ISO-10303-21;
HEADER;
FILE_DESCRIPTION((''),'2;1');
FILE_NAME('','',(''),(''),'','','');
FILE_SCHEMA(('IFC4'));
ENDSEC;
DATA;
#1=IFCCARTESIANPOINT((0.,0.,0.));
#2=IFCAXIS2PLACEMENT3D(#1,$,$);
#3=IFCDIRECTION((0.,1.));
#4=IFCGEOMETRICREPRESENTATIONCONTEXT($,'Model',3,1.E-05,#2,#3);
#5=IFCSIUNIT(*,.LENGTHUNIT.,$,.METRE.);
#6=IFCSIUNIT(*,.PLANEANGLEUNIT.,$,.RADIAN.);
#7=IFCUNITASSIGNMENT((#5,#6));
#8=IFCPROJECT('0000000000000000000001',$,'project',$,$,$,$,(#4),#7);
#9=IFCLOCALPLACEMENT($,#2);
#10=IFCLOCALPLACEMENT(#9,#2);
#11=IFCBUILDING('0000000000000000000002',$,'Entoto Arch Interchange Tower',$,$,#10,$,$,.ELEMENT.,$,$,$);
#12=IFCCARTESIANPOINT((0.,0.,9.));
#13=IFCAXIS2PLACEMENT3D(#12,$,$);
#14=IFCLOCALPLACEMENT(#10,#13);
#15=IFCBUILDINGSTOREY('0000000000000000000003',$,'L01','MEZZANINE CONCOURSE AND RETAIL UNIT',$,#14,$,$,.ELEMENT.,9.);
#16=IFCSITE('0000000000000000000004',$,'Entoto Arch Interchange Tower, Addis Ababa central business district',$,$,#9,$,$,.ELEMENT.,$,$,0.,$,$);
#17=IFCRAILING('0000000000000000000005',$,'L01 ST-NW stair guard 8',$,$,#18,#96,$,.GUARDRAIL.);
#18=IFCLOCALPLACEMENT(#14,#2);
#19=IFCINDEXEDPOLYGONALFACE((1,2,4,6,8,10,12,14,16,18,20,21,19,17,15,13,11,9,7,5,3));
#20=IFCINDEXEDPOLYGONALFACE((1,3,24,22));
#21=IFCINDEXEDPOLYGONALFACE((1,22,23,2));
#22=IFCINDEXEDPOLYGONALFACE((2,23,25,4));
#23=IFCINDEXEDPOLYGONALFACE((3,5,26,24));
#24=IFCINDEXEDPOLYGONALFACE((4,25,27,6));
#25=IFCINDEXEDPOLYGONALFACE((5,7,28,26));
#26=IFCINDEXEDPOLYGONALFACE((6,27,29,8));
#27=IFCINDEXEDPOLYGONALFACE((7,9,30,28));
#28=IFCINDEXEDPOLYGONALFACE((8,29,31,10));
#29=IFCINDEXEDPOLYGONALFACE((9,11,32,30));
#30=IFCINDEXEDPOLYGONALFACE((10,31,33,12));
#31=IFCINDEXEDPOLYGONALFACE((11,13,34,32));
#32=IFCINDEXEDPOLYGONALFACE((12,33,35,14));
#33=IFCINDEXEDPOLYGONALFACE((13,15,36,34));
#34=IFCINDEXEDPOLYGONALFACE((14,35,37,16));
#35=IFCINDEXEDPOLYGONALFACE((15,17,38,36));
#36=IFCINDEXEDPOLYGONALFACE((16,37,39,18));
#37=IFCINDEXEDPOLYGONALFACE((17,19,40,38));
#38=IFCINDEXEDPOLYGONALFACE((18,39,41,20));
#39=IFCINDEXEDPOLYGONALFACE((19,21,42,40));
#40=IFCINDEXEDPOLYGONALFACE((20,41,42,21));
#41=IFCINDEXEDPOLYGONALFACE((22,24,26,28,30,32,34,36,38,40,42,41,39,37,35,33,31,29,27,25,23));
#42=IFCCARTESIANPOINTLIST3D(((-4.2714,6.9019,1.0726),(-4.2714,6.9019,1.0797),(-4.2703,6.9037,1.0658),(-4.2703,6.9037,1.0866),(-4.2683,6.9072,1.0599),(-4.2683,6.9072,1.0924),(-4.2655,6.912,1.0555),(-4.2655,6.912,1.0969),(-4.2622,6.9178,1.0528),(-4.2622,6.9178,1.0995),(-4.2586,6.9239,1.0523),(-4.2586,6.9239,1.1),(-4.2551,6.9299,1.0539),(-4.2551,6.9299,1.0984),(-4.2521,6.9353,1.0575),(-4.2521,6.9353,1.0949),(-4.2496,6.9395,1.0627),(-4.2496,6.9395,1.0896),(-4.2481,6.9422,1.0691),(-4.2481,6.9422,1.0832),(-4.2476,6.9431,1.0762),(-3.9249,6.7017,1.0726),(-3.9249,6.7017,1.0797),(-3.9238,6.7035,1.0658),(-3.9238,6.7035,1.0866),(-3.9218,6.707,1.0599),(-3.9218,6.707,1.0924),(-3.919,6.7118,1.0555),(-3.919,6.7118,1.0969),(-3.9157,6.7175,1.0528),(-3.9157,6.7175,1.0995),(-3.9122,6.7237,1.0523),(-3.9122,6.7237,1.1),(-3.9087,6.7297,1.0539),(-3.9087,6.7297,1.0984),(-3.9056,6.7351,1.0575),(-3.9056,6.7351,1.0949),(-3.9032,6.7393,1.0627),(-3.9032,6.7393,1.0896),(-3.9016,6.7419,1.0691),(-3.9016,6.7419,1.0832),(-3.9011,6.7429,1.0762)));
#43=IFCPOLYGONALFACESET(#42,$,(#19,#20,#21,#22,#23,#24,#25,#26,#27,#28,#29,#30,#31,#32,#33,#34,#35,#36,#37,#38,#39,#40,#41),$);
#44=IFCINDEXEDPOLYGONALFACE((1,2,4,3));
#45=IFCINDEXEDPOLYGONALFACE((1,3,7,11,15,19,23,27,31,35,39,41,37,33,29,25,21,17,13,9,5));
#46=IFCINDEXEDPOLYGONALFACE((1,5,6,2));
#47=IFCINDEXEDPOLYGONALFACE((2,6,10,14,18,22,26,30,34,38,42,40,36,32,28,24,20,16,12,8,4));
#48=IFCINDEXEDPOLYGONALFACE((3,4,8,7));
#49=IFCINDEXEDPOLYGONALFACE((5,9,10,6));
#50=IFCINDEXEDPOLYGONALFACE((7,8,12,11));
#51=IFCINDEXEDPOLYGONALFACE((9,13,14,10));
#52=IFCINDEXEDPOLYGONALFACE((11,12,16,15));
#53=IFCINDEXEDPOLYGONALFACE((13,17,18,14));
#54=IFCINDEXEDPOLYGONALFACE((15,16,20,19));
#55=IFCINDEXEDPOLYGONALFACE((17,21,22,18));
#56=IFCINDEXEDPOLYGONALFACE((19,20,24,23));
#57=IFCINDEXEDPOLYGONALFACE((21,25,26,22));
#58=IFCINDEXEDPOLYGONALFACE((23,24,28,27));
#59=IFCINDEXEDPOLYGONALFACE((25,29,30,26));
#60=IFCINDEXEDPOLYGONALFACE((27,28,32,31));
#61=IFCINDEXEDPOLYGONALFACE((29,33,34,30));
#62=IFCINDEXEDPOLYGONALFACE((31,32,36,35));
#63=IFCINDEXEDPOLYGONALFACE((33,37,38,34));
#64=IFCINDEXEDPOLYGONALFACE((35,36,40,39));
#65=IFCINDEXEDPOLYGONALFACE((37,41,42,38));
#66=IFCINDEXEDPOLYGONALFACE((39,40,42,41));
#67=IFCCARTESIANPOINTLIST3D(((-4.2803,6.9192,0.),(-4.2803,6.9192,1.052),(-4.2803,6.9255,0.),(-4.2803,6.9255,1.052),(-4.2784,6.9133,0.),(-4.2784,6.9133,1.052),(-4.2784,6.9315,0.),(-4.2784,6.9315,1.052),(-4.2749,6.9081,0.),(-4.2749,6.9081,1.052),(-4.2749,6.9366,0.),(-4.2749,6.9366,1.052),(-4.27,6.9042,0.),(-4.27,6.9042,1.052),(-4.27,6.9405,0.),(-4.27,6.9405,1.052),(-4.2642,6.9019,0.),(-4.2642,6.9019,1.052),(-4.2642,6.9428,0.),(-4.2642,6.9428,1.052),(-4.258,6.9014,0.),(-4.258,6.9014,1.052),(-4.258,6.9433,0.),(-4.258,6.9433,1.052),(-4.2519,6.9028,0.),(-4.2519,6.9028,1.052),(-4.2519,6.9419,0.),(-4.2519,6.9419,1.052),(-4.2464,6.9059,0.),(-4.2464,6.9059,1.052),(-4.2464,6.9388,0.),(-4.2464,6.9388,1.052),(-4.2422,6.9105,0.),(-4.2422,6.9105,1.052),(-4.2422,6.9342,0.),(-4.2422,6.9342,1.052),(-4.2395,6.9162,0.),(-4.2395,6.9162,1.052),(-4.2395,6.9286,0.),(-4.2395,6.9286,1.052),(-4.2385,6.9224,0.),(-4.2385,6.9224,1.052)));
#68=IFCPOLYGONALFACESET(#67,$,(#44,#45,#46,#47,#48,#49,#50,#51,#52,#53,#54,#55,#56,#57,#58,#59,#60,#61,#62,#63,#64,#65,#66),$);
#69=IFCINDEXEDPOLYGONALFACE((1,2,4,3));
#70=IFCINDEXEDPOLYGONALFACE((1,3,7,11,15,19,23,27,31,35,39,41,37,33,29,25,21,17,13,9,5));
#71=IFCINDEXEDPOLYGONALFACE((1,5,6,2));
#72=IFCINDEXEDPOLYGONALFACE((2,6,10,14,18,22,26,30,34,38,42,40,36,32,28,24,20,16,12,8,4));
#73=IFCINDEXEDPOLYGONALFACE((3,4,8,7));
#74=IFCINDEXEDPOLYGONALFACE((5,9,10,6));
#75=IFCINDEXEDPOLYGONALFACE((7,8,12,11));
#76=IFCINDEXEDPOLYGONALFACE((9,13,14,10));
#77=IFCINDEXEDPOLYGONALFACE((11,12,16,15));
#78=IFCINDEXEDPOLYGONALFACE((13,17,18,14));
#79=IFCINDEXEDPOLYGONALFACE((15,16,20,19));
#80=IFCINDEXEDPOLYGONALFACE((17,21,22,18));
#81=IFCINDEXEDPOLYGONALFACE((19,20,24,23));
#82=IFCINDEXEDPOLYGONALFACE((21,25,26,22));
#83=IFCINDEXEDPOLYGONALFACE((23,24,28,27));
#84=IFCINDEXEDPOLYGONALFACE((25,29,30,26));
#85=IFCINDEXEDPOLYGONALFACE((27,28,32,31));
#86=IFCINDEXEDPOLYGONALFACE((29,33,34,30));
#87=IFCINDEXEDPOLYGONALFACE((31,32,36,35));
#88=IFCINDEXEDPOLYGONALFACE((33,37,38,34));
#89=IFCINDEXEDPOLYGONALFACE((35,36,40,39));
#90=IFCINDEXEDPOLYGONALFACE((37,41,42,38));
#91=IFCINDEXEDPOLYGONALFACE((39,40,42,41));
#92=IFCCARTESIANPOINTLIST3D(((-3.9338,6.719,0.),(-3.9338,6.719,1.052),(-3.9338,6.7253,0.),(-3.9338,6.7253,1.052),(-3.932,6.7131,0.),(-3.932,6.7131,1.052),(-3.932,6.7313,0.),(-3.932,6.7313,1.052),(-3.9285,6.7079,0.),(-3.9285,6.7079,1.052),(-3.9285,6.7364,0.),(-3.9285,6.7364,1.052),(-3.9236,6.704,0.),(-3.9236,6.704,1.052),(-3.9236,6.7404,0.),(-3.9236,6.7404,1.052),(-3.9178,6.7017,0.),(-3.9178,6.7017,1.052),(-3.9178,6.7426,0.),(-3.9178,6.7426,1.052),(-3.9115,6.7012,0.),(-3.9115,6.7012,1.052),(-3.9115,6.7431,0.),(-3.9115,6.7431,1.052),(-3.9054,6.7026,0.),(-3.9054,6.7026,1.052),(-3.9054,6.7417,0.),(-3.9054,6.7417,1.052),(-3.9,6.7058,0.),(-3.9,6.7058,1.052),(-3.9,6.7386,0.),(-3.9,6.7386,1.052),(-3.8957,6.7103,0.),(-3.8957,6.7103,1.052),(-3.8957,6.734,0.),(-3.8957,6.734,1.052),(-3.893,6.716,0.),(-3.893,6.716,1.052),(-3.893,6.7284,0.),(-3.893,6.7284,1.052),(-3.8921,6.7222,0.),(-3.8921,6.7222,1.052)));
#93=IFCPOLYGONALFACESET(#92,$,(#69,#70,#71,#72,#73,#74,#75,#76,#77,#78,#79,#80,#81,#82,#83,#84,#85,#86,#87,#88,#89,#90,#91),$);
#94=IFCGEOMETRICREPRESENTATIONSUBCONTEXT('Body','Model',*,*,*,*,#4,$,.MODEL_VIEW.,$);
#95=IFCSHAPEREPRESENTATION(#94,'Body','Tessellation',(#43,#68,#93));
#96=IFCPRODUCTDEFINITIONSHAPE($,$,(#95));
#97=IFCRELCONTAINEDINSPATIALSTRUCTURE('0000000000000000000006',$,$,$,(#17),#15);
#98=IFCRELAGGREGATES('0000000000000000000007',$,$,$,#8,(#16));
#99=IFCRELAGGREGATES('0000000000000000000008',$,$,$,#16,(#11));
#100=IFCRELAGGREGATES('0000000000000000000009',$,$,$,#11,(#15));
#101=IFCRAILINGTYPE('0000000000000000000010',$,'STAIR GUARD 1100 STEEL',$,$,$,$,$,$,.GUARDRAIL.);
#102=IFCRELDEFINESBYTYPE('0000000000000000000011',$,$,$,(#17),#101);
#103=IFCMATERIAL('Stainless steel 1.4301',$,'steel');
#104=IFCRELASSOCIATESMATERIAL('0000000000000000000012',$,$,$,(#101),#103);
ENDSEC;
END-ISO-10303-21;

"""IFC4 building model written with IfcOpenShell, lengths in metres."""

from ifc_helpers import new_model, si_unit, direction, frame, origin, origin_2d, place, context, subcontext, project, spatial, circle, extrude, material, type_object, element, save


model = new_model("IFC4")

# Units and contexts
model_context = context("Model", 3, precision=1e-05, world=origin(), true_north=direction((0.0, 1.0)))
body_context = subcontext(model_context, "Body", "Model", "MODEL_VIEW")
ifc_project = project(units=[si_unit("LENGTHUNIT", "METRE"), si_unit("PLANEANGLEUNIT", "RADIAN")], contexts=[model_context])

# Site, building, storey
site_placement = place(None, origin())
site = spatial("IfcSite", under=ifc_project, at=site_placement, Name="Entoto Arch Interchange Tower, Addis Ababa central business district", CompositionType="ELEMENT", RefElevation=0.0)
building_placement = place(site_placement, origin())
building = spatial("IfcBuilding", under=site, at=building_placement, Name="Entoto Arch Interchange Tower", CompositionType="ELEMENT")
storey_placement = place(building_placement, frame((0.0, 0.0, 9.0)))
storey = spatial("IfcBuildingStorey", under=building, at=storey_placement, Name="L01", Description="MEZZANINE CONCOURSE AND RETAIL UNIT", CompositionType="ELEMENT", Elevation=9.0)

# Railing
ifc_material_1 = material(Name="Stainless steel 1.4301", Category="steel")
railing_type_1 = type_object("IfcRailingType", Name="STAIR GUARD 1100 STEEL", PredefinedType="GUARDRAIL", material=ifc_material_1)
for number, where, name in (
    (1, (-4.2595, 6.9224, 0.0), "L01 ST-NW stair guard 8"),
):
    element("IfcRailing", number, at=place(storey_placement, frame(where)), inside=storey, type_object=railing_type_1, Name=name, PredefinedType="GUARDRAIL", context=body_context, shape_type="SweptSolid", body=[
        extrude(circle(Radius=0.0239, at=origin_2d()), frame((0.0, 0.0, 1.0762), z_axis=(0.86583, -0.500339, 0.0), x_axis=(0.500339, 0.86583, 0.0)), (0.0, 0.0, 1.0), 0.4001),
        extrude(circle(Radius=0.021, at=origin_2d()), origin(), (0.0, 0.0, 1.0), 1.052),
        extrude(circle(Radius=0.021, at=origin_2d()), frame((0.3464, -0.2002, 0.0)), (0.0, 0.0, 1.0), 1.052),
    ])

save(model, "model.ifc")
